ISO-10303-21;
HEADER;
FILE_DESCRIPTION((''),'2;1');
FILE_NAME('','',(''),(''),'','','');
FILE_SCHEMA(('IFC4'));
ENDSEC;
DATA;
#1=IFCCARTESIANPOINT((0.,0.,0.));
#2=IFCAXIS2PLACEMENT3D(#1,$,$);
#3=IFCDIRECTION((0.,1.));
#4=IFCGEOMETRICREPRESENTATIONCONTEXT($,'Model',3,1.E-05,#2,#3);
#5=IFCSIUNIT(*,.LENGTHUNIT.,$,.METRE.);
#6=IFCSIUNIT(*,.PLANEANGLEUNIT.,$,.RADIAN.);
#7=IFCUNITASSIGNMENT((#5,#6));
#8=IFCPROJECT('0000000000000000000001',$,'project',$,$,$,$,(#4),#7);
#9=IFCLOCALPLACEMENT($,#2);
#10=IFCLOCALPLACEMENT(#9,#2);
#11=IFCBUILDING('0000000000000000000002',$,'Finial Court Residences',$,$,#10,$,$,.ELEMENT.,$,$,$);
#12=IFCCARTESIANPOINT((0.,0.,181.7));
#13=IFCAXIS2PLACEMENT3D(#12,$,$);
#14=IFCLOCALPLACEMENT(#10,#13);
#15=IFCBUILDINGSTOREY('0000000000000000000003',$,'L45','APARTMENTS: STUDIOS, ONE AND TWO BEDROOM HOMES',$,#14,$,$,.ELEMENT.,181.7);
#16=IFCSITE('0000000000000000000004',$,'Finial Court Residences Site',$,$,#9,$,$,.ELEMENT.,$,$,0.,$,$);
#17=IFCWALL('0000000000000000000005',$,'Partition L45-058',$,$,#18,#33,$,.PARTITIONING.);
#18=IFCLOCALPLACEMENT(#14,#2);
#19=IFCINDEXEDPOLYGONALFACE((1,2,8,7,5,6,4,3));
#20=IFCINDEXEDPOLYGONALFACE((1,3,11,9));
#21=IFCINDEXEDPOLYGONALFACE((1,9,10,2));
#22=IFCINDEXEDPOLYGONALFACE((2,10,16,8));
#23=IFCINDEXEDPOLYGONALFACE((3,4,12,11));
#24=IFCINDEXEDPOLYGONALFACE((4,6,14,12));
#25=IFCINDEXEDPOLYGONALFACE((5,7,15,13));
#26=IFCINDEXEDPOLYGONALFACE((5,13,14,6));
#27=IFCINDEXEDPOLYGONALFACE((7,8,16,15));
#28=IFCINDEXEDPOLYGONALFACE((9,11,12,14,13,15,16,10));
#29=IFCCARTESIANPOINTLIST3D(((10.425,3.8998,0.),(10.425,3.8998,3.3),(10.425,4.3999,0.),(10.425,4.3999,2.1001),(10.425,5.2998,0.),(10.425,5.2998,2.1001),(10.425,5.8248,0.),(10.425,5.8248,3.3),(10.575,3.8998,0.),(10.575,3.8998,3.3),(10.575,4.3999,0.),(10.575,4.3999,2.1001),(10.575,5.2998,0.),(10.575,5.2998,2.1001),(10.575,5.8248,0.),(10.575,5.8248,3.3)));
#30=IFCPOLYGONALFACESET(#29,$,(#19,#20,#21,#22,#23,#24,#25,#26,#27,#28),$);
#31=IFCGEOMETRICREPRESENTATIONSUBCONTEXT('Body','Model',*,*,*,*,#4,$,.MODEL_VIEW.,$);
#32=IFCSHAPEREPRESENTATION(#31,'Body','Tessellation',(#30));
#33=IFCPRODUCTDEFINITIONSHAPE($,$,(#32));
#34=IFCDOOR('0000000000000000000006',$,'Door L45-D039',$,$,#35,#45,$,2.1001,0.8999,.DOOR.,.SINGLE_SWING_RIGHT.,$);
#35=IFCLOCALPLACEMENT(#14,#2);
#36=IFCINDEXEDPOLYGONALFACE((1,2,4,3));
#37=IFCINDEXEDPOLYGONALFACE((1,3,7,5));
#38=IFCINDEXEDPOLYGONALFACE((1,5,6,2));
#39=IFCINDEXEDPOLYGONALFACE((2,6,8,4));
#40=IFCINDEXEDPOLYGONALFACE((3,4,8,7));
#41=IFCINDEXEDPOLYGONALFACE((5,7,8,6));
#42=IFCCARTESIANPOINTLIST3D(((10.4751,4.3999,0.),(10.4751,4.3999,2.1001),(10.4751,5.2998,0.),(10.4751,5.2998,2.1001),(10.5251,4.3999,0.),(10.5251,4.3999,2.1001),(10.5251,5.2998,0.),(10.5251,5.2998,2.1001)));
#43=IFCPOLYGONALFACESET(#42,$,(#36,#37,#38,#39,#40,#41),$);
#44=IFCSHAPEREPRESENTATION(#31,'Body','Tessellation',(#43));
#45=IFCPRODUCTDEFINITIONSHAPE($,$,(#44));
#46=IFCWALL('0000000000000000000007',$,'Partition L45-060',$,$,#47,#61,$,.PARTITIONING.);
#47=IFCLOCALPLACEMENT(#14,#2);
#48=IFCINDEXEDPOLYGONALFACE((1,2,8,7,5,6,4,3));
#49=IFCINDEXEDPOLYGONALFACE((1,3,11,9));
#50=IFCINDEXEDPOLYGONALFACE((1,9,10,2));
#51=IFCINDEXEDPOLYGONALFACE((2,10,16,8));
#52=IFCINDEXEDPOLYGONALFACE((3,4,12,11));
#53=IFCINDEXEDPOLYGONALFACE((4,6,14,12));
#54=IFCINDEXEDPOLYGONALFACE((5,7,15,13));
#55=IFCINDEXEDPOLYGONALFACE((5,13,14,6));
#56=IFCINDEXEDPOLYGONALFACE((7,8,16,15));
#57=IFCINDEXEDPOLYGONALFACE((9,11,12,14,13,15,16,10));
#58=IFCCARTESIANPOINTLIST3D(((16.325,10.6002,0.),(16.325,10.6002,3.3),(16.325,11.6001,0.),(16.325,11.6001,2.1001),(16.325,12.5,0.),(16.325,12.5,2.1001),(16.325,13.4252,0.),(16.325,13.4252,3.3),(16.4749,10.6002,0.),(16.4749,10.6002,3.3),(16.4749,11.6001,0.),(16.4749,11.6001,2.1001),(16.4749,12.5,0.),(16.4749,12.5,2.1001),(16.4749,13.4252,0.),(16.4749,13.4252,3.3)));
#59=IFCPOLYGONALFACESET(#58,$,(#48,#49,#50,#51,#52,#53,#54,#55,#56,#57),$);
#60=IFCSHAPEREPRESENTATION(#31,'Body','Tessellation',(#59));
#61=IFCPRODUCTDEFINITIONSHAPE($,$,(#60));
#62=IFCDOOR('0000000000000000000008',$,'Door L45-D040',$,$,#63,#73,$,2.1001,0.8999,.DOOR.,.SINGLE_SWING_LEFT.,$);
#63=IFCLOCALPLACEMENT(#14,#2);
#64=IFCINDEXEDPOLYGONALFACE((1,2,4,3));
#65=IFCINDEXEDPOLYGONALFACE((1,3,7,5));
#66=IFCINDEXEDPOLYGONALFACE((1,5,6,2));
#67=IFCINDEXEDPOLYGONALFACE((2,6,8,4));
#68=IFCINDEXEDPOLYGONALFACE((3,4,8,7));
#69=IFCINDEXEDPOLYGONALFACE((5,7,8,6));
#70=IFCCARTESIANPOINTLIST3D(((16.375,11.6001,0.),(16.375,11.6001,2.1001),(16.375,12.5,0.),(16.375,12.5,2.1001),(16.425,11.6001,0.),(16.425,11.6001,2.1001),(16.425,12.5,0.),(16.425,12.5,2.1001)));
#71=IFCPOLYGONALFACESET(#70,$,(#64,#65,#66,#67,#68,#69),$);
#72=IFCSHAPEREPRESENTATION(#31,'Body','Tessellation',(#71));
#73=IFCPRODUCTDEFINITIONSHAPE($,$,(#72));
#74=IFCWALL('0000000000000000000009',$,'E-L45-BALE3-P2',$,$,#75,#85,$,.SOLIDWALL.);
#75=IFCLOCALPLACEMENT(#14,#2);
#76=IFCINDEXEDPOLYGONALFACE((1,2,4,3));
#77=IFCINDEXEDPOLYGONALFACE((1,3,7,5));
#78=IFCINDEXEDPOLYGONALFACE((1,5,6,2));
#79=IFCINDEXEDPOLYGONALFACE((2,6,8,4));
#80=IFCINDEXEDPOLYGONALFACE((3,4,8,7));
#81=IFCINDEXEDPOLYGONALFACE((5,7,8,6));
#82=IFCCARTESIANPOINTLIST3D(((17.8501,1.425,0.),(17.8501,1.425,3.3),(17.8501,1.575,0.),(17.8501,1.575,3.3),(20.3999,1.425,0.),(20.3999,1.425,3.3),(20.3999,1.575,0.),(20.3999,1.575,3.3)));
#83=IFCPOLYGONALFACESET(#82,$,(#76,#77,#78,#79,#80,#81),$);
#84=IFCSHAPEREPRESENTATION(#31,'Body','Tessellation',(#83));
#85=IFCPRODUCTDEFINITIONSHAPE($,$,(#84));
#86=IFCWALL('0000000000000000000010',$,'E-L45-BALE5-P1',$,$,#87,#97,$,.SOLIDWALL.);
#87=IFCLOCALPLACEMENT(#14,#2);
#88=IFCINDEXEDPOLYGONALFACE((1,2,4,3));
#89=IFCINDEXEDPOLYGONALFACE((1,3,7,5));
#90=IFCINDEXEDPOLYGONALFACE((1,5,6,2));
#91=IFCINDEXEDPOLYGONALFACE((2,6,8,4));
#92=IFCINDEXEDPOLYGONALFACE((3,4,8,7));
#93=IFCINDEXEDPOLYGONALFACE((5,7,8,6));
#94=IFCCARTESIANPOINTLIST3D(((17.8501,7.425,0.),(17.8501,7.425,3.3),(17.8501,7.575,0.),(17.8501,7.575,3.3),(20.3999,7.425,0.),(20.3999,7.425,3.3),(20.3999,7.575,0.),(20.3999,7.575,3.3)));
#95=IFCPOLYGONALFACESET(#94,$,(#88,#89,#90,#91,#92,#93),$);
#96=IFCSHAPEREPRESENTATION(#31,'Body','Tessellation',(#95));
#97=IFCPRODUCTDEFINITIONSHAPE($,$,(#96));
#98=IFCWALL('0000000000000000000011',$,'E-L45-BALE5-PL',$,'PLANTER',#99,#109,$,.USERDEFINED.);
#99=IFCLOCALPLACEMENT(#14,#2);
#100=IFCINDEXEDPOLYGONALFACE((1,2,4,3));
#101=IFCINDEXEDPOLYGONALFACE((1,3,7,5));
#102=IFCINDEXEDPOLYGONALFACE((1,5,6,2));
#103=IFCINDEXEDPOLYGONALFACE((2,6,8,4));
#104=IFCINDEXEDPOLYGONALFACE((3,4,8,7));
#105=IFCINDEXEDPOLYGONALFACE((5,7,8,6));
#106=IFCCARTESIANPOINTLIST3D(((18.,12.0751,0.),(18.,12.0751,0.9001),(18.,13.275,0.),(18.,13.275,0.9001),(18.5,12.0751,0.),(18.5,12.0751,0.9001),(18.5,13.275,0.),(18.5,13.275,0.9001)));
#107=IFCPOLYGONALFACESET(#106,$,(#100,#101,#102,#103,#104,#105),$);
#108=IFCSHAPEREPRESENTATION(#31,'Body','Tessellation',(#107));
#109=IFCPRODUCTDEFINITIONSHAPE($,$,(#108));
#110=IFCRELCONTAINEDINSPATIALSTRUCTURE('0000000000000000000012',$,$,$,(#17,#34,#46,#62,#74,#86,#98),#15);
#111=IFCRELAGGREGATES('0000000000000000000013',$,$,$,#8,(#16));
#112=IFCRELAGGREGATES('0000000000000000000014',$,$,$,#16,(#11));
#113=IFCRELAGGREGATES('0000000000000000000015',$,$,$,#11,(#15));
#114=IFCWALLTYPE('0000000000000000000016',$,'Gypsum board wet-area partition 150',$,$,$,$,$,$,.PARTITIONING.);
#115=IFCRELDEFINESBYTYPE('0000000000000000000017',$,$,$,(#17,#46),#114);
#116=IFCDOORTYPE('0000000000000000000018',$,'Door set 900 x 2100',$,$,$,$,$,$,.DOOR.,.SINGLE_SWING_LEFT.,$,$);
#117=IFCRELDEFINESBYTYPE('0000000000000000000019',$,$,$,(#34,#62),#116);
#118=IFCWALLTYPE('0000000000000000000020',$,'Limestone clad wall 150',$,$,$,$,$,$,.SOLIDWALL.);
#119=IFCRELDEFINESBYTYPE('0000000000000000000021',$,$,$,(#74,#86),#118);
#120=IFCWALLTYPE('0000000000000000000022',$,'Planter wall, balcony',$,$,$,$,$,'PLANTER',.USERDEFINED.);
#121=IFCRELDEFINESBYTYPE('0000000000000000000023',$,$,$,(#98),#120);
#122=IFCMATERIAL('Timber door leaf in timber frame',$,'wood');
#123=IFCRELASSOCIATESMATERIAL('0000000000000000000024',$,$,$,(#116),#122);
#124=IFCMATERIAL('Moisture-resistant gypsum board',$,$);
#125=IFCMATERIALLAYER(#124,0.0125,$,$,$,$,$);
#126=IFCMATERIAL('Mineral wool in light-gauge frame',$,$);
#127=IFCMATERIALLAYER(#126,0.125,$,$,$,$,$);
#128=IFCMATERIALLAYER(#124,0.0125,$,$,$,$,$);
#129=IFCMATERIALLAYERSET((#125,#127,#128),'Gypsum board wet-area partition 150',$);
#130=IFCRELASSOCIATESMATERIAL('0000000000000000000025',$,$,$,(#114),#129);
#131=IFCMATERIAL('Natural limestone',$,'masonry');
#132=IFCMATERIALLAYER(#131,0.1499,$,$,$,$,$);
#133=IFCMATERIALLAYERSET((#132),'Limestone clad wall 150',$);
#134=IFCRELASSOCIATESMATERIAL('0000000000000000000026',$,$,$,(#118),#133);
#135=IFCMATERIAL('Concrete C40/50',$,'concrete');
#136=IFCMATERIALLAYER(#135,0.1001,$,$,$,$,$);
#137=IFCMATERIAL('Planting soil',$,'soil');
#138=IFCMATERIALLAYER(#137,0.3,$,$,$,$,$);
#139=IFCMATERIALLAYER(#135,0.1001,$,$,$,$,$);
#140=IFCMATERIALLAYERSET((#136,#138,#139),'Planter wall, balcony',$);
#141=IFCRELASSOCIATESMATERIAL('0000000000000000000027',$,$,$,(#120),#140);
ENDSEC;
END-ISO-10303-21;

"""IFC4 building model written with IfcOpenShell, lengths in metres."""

from ifc_helpers import new_model, si_unit, direction, frame, frame_2d, origin, place, context, subcontext, project, spatial, rectangle, extrude, material, layer, layer_set, type_object, element, fill, save


model = new_model("IFC4")

# Units and contexts
model_context = context("Model", 3, precision=1e-05, world=origin(), true_north=direction((0.0, 1.0)))
body_context = subcontext(model_context, "Body", "Model", "MODEL_VIEW")
ifc_project = project(units=[si_unit("LENGTHUNIT", "METRE"), si_unit("PLANEANGLEUNIT", "RADIAN")], contexts=[model_context])

# Site, building, storey
site_placement = place(None, origin())
site = spatial("IfcSite", under=ifc_project, at=site_placement, Name="Finial Court Residences Site", CompositionType="ELEMENT", RefElevation=0.0)
building_placement = place(site_placement, origin())
building = spatial("IfcBuilding", under=site, at=building_placement, Name="Finial Court Residences", CompositionType="ELEMENT")
storey_placement = place(building_placement, frame((0.0, 0.0, 181.7)))
storey = spatial("IfcBuildingStorey", under=building, at=storey_placement, Name="L45", Description="APARTMENTS: STUDIOS, ONE AND TWO BEDROOM HOMES", CompositionType="ELEMENT", Elevation=181.7)

# Walls, openings, doors
ifc_material_1 = material(Name="Mineral wool in light-gauge frame")
ifc_material_2 = material(Name="Timber door leaf in timber frame", Category="wood")
door_type_1 = type_object("IfcDoorType", Name="Door set 900 x 2100", OperationType="SINGLE_SWING_LEFT", PredefinedType="DOOR", material=ifc_material_2)
ifc_material_3 = material(Name="Moisture-resistant gypsum board")
ifc_layer_1 = layer(ifc_material_3, 0.0125)
ifc_layer_2 = layer(ifc_material_1, 0.125)
ifc_layer_3 = layer(ifc_material_3, 0.0125)
ifc_layer_set_1 = layer_set([ifc_layer_1, ifc_layer_2, ifc_layer_3], Name="Gypsum board wet-area partition 150")
wall_type_1 = type_object("IfcWallType", Name="Gypsum board wet-area partition 150", PredefinedType="PARTITIONING", material=ifc_layer_set_1)
wall_1_placement = place(storey_placement, frame((10.5, 3.8999, 0.0), z_axis=(0.0, 0.0, 1.0), x_axis=(0.0, 1.0, 0.0)))
wall_1 = element("IfcWall", 1, at=wall_1_placement, inside=storey, type_object=wall_type_1, Name="Partition L45-058", PredefinedType="PARTITIONING", context=body_context, shape_type="SweptSolid", body=[
    extrude(rectangle(XDim=1.925, YDim=0.1499, at=frame_2d((0.9624, 0.0))), origin(), (0.0, 0.0, 1.0), 3.3),
])
opening_1_placement = place(wall_1_placement, frame((0.5, 0.0, 0.0)))
opening_1 = element("IfcOpeningElement", 2, at=opening_1_placement, cuts=wall_1, PredefinedType="OPENING", context=body_context, shape_type="SweptSolid", body=[
    extrude(rectangle(XDim=0.8999, YDim=2.1001, at=frame_2d((0.45, 1.05))), frame((0.0, 0.085, 0.0), z_axis=(0.0, -1.0, 0.0), x_axis=(1.0, 0.0, 0.0)), (0.0, 0.0, 1.0), 0.1699),
])
door_1_placement = place(opening_1_placement, origin())
door_1 = element("IfcDoor", 3, at=door_1_placement, inside=storey, type_object=door_type_1, Name="Door L45-D039", OperationType="SINGLE_SWING_RIGHT", OverallHeight=2.1001, OverallWidth=0.8999, PredefinedType="DOOR", context=body_context, shape_type="SweptSolid", body=[
    extrude(rectangle(XDim=0.8999, YDim=2.1001, at=frame_2d((0.45, 1.05))), frame((0.0, 0.0249, 0.0), z_axis=(0.0, -1.0, 0.0), x_axis=(1.0, 0.0, 0.0)), (0.0, 0.0, 1.0), 0.05),
])
fill(opening_1, door_1)
wall_2_placement = place(storey_placement, frame((16.3999, 10.6001, 0.0), z_axis=(0.0, 0.0, 1.0), x_axis=(0.0, 1.0, 0.0)))
wall_2 = element("IfcWall", 4, at=wall_2_placement, inside=storey, type_object=wall_type_1, Name="Partition L45-060", PredefinedType="PARTITIONING", context=body_context, shape_type="SweptSolid", body=[
    extrude(rectangle(XDim=2.825, YDim=0.1499, at=frame_2d((1.4126, 0.0))), origin(), (0.0, 0.0, 1.0), 3.3),
])
opening_2_placement = place(wall_2_placement, frame((1.0, 0.0, 0.0)))
opening_2 = element("IfcOpeningElement", 5, at=opening_2_placement, cuts=wall_2, PredefinedType="OPENING", context=body_context, shape_type="SweptSolid", body=[
    extrude(rectangle(XDim=0.8999, YDim=2.1001, at=frame_2d((0.45, 1.05))), frame((0.0, 0.085, 0.0), z_axis=(0.0, -1.0, 0.0), x_axis=(1.0, 0.0, 0.0)), (0.0, 0.0, 1.0), 0.1699),
])
door_2_placement = place(opening_2_placement, origin())
door_2 = element("IfcDoor", 6, at=door_2_placement, inside=storey, type_object=door_type_1, Name="Door L45-D040", OperationType="SINGLE_SWING_LEFT", OverallHeight=2.1001, OverallWidth=0.8999, PredefinedType="DOOR", context=body_context, shape_type="SweptSolid", body=[
    extrude(rectangle(XDim=0.8999, YDim=2.1001, at=frame_2d((0.45, 1.05))), frame((0.0, 0.0249, 0.0), z_axis=(0.0, -1.0, 0.0), x_axis=(1.0, 0.0, 0.0)), (0.0, 0.0, 1.0), 0.05),
])
fill(opening_2, door_2)

# Wall
ifc_material_4 = material(Name="Natural limestone", Category="masonry")
ifc_layer_4 = layer(ifc_material_4, 0.1499)
ifc_layer_set_2 = layer_set([ifc_layer_4], Name="Limestone clad wall 150")
wall_type_2 = type_object("IfcWallType", Name="Limestone clad wall 150", PredefinedType="SOLIDWALL", material=ifc_layer_set_2)
wall_3_placement = place(storey_placement, frame((17.8501, 1.5, 0.0), z_axis=(0.0, 0.0, 1.0), x_axis=(1.0, 0.0, 0.0)))
element("IfcWall", 7, at=wall_3_placement, inside=storey, type_object=wall_type_2, Name="E-L45-BALE3-P2", PredefinedType="SOLIDWALL", context=body_context, shape_type="SweptSolid", body=[
    extrude(rectangle(XDim=2.5498, YDim=0.1499, at=frame_2d((1.2749, 0.0))), origin(), (0.0, 0.0, 1.0), 3.3),
])

# Wall
wall_4_placement = place(storey_placement, frame((17.8501, 7.5, 0.0), z_axis=(0.0, 0.0, 1.0), x_axis=(1.0, 0.0, 0.0)))
element("IfcWall", 8, at=wall_4_placement, inside=storey, type_object=wall_type_2, Name="E-L45-BALE5-P1", PredefinedType="SOLIDWALL", context=body_context, shape_type="SweptSolid", body=[
    extrude(rectangle(XDim=2.5498, YDim=0.1499, at=frame_2d((1.2749, 0.0))), origin(), (0.0, 0.0, 1.0), 3.3),
])

# Wall
ifc_material_5 = material(Name="Concrete C40/50", Category="concrete")
ifc_layer_5 = layer(ifc_material_5, 0.1001)
ifc_material_6 = material(Name="Planting soil", Category="soil")
ifc_layer_6 = layer(ifc_material_6, 0.3)
ifc_layer_7 = layer(ifc_material_5, 0.1001)
ifc_layer_set_3 = layer_set([ifc_layer_5, ifc_layer_6, ifc_layer_7], Name="Planter wall, balcony")
wall_type_3 = type_object("IfcWallType", Name="Planter wall, balcony", ElementType="PLANTER", PredefinedType="USERDEFINED", material=ifc_layer_set_3)
wall_5_placement = place(storey_placement, frame((18.25, 12.075, 0.0), z_axis=(0.0, 0.0, 1.0), x_axis=(0.0, 1.0, 0.0)))
element("IfcWall", 9, at=wall_5_placement, inside=storey, type_object=wall_type_3, Name="E-L45-BALE5-PL", ObjectType="PLANTER", PredefinedType="USERDEFINED", context=body_context, shape_type="SweptSolid", body=[
    extrude(rectangle(XDim=1.2, YDim=0.5, at=frame_2d((0.6001, 0.0))), origin(), (0.0, 0.0, 1.0), 0.9001),
])

save(model, "model.ifc")
